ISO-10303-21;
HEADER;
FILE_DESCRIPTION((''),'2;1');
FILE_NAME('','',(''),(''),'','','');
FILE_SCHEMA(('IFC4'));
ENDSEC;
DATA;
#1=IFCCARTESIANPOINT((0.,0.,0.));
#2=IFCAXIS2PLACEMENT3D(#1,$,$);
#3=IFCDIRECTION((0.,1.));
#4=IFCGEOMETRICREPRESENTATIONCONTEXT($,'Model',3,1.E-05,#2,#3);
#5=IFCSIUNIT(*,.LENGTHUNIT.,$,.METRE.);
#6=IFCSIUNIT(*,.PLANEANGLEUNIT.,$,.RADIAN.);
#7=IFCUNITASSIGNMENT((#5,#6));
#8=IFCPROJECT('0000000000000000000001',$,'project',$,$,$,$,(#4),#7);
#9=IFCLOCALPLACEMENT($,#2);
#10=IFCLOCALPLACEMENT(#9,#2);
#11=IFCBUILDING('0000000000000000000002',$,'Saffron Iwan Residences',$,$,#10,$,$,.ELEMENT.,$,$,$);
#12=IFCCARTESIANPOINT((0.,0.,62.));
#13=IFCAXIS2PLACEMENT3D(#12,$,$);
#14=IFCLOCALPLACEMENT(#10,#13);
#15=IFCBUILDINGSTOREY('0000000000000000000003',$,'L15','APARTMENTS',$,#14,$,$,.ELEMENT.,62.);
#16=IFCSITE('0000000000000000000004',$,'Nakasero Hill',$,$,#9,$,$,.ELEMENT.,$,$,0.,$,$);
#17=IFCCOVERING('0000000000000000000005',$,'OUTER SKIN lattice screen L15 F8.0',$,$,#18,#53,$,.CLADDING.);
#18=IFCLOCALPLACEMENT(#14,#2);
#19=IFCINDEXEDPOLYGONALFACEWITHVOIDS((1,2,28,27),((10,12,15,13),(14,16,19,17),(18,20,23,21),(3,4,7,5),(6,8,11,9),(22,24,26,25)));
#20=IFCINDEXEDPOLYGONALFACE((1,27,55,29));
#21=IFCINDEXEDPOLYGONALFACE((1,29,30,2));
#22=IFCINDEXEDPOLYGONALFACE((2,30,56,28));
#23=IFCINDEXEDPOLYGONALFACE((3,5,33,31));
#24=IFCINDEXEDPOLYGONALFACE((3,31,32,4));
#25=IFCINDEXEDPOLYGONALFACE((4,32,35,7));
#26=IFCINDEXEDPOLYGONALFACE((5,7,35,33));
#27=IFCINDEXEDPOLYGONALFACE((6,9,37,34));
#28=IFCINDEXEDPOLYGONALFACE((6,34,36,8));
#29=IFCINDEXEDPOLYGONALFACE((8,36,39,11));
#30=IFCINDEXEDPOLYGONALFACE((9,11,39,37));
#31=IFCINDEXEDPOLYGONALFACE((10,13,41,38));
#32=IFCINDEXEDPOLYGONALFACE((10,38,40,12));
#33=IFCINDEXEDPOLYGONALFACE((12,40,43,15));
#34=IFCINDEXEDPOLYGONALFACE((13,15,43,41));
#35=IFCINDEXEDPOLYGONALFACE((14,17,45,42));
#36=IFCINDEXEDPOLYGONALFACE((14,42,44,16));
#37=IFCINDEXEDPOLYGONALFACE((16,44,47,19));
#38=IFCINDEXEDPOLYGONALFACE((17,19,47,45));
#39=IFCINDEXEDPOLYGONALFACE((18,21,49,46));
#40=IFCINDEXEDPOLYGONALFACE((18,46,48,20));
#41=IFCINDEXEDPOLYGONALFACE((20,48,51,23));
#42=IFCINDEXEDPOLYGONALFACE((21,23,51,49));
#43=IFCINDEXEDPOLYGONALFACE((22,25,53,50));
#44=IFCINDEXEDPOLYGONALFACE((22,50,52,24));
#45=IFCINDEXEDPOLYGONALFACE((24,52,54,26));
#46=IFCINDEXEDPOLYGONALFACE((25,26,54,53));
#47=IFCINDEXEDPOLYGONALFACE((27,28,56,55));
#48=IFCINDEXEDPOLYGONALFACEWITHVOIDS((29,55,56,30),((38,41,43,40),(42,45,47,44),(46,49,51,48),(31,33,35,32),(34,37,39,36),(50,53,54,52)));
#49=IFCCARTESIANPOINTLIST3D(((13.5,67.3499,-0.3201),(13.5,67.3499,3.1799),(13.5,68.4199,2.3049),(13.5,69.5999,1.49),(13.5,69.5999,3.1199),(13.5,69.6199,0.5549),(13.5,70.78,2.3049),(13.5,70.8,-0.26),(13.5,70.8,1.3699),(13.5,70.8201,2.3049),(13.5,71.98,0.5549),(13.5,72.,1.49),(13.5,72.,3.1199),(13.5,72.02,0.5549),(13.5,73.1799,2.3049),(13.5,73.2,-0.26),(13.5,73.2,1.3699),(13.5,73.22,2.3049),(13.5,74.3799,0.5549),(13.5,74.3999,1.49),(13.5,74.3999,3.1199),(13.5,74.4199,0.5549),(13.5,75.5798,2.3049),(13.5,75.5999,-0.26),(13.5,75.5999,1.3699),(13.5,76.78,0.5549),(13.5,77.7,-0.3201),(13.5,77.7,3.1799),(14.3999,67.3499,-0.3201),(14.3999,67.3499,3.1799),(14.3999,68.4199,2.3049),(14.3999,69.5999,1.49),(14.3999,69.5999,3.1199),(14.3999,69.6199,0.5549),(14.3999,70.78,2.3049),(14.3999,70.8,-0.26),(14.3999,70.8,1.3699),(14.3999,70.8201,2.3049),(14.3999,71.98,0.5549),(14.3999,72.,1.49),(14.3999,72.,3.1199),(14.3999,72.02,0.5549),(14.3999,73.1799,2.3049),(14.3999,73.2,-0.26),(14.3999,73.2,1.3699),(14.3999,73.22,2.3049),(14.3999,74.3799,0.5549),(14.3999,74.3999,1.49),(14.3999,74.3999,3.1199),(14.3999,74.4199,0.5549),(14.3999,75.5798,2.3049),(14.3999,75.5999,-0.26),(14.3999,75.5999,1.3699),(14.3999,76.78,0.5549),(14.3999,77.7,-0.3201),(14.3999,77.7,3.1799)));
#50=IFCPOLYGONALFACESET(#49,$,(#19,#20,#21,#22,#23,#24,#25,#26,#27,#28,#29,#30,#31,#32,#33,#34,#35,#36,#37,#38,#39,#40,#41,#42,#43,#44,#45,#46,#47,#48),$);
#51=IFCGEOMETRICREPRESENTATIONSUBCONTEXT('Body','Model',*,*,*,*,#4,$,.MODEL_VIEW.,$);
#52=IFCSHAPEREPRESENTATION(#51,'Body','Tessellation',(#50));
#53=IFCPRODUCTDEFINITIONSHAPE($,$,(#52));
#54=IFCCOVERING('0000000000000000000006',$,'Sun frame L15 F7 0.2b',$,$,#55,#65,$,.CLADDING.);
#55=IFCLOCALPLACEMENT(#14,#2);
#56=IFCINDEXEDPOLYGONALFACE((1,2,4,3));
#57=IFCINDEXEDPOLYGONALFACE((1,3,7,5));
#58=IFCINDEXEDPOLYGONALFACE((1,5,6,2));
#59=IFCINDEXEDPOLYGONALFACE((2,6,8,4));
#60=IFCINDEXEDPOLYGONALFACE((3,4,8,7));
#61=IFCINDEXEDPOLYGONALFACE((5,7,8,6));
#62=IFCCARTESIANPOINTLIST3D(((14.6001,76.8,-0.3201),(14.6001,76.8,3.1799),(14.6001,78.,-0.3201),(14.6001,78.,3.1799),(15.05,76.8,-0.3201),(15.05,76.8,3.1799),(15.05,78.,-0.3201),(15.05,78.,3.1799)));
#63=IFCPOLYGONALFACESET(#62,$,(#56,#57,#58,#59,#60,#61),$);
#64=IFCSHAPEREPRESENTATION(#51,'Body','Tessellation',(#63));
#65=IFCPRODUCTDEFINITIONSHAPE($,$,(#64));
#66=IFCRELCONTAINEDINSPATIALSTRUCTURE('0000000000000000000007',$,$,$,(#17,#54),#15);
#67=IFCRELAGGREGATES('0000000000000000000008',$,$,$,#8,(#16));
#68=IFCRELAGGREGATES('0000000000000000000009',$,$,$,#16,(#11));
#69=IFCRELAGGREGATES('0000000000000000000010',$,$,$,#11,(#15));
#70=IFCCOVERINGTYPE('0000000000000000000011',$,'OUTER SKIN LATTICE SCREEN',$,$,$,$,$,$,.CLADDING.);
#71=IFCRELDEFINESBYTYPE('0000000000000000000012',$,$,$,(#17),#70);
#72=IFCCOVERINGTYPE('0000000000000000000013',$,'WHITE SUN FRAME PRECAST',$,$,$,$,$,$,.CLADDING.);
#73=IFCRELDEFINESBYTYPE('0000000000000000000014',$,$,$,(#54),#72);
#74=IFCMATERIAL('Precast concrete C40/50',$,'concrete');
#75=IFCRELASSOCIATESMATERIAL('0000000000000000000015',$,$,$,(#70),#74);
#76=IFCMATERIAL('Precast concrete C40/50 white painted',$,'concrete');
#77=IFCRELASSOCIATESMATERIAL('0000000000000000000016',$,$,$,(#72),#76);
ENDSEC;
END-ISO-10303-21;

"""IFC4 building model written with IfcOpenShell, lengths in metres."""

from ifc_helpers import new_model, si_unit, direction, frame, origin, place, context, subcontext, project, spatial, polyline, outline, extrude, material, type_object, element, save


model = new_model("IFC4")

# Units and contexts
model_context = context("Model", 3, precision=1e-05, world=origin(), true_north=direction((0.0, 1.0)))
body_context = subcontext(model_context, "Body", "Model", "MODEL_VIEW")
ifc_project = project(units=[si_unit("LENGTHUNIT", "METRE"), si_unit("PLANEANGLEUNIT", "RADIAN")], contexts=[model_context])

# Site, building, storey
site_placement = place(None, origin())
site = spatial("IfcSite", under=ifc_project, at=site_placement, Name="Nakasero Hill", CompositionType="ELEMENT", RefElevation=0.0)
building_placement = place(site_placement, origin())
building = spatial("IfcBuilding", under=site, at=building_placement, Name="Saffron Iwan Residences", CompositionType="ELEMENT")
storey_placement = place(building_placement, frame((0.0, 0.0, 62.0)))
storey = spatial("IfcBuildingStorey", under=building, at=storey_placement, Name="L15", Description="APARTMENTS", CompositionType="ELEMENT", Elevation=62.0)

# Coverings
ifc_material_1 = material(Name="Precast concrete C40/50", Category="concrete")
covering_type_1 = type_object("IfcCoveringType", Name="OUTER SKIN LATTICE SCREEN", PredefinedType="CLADDING", material=ifc_material_1)
covering_1_placement = place(storey_placement, frame((14.3999, 77.7, -0.3201), z_axis=(-1.0, 0.0, 0.0), x_axis=(0.0, -1.0, 0.0)))
element("IfcCovering", 1, at=covering_1_placement, inside=storey, type_object=covering_type_1, Name="OUTER SKIN lattice screen L15 F8.0", PredefinedType="CLADDING", context=body_context, shape_type="SweptSolid", body=[
    extrude(outline(polyline([(0.0, 0.0), (10.3501, 0.0), (10.3501, 3.5), (0.0, 3.5), (0.0, 0.0)]), holes=[polyline([(0.9199, 0.875), (2.1001, 0.0601), (3.28, 0.875), (2.1001, 1.6899), (0.9199, 0.875)]), polyline([(3.3201, 0.875), (4.5, 0.0601), (5.6799, 0.875), (4.5, 1.6899), (3.3201, 0.875)]), polyline([(5.72, 0.875), (6.8999, 0.0601), (8.0801, 0.875), (6.8999, 1.6899), (5.72, 0.875)]), polyline([(2.1201, 2.625), (3.3, 1.8101), (4.48, 2.625), (3.3, 3.4399), (2.1201, 2.625)]), polyline([(4.52, 2.625), (5.7, 1.8101), (6.8799, 2.625), (5.7, 3.4399), (4.52, 2.625)]), polyline([(6.9199, 2.625), (8.1001, 1.8101), (9.28, 2.625), (8.1001, 3.4399), (6.9199, 2.625)])]), origin(), (0.0, 0.0, 1.0), 0.8999),
])
ifc_material_2 = material(Name="Precast concrete C40/50 white painted", Category="concrete")
covering_type_2 = type_object("IfcCoveringType", Name="WHITE SUN FRAME PRECAST", PredefinedType="CLADDING", material=ifc_material_2)
covering_2_placement = place(storey_placement, frame((15.05, 76.8, -0.3201), z_axis=(0.0, 1.0, 0.0), x_axis=(-1.0, 0.0, 0.0)))
element("IfcCovering", 2, at=covering_2_placement, inside=storey, type_object=covering_type_2, Name="Sun frame L15 F7 0.2b", PredefinedType="CLADDING", context=body_context, shape_type="SweptSolid", body=[
    extrude(outline(polyline([(0.0, 0.0), (0.45, 0.0), (0.45, 3.5), (0.0, 3.5), (0.0, 0.0)])), origin(), (0.0, 0.0, 1.0), 1.2),
])

save(model, "model.ifc")
